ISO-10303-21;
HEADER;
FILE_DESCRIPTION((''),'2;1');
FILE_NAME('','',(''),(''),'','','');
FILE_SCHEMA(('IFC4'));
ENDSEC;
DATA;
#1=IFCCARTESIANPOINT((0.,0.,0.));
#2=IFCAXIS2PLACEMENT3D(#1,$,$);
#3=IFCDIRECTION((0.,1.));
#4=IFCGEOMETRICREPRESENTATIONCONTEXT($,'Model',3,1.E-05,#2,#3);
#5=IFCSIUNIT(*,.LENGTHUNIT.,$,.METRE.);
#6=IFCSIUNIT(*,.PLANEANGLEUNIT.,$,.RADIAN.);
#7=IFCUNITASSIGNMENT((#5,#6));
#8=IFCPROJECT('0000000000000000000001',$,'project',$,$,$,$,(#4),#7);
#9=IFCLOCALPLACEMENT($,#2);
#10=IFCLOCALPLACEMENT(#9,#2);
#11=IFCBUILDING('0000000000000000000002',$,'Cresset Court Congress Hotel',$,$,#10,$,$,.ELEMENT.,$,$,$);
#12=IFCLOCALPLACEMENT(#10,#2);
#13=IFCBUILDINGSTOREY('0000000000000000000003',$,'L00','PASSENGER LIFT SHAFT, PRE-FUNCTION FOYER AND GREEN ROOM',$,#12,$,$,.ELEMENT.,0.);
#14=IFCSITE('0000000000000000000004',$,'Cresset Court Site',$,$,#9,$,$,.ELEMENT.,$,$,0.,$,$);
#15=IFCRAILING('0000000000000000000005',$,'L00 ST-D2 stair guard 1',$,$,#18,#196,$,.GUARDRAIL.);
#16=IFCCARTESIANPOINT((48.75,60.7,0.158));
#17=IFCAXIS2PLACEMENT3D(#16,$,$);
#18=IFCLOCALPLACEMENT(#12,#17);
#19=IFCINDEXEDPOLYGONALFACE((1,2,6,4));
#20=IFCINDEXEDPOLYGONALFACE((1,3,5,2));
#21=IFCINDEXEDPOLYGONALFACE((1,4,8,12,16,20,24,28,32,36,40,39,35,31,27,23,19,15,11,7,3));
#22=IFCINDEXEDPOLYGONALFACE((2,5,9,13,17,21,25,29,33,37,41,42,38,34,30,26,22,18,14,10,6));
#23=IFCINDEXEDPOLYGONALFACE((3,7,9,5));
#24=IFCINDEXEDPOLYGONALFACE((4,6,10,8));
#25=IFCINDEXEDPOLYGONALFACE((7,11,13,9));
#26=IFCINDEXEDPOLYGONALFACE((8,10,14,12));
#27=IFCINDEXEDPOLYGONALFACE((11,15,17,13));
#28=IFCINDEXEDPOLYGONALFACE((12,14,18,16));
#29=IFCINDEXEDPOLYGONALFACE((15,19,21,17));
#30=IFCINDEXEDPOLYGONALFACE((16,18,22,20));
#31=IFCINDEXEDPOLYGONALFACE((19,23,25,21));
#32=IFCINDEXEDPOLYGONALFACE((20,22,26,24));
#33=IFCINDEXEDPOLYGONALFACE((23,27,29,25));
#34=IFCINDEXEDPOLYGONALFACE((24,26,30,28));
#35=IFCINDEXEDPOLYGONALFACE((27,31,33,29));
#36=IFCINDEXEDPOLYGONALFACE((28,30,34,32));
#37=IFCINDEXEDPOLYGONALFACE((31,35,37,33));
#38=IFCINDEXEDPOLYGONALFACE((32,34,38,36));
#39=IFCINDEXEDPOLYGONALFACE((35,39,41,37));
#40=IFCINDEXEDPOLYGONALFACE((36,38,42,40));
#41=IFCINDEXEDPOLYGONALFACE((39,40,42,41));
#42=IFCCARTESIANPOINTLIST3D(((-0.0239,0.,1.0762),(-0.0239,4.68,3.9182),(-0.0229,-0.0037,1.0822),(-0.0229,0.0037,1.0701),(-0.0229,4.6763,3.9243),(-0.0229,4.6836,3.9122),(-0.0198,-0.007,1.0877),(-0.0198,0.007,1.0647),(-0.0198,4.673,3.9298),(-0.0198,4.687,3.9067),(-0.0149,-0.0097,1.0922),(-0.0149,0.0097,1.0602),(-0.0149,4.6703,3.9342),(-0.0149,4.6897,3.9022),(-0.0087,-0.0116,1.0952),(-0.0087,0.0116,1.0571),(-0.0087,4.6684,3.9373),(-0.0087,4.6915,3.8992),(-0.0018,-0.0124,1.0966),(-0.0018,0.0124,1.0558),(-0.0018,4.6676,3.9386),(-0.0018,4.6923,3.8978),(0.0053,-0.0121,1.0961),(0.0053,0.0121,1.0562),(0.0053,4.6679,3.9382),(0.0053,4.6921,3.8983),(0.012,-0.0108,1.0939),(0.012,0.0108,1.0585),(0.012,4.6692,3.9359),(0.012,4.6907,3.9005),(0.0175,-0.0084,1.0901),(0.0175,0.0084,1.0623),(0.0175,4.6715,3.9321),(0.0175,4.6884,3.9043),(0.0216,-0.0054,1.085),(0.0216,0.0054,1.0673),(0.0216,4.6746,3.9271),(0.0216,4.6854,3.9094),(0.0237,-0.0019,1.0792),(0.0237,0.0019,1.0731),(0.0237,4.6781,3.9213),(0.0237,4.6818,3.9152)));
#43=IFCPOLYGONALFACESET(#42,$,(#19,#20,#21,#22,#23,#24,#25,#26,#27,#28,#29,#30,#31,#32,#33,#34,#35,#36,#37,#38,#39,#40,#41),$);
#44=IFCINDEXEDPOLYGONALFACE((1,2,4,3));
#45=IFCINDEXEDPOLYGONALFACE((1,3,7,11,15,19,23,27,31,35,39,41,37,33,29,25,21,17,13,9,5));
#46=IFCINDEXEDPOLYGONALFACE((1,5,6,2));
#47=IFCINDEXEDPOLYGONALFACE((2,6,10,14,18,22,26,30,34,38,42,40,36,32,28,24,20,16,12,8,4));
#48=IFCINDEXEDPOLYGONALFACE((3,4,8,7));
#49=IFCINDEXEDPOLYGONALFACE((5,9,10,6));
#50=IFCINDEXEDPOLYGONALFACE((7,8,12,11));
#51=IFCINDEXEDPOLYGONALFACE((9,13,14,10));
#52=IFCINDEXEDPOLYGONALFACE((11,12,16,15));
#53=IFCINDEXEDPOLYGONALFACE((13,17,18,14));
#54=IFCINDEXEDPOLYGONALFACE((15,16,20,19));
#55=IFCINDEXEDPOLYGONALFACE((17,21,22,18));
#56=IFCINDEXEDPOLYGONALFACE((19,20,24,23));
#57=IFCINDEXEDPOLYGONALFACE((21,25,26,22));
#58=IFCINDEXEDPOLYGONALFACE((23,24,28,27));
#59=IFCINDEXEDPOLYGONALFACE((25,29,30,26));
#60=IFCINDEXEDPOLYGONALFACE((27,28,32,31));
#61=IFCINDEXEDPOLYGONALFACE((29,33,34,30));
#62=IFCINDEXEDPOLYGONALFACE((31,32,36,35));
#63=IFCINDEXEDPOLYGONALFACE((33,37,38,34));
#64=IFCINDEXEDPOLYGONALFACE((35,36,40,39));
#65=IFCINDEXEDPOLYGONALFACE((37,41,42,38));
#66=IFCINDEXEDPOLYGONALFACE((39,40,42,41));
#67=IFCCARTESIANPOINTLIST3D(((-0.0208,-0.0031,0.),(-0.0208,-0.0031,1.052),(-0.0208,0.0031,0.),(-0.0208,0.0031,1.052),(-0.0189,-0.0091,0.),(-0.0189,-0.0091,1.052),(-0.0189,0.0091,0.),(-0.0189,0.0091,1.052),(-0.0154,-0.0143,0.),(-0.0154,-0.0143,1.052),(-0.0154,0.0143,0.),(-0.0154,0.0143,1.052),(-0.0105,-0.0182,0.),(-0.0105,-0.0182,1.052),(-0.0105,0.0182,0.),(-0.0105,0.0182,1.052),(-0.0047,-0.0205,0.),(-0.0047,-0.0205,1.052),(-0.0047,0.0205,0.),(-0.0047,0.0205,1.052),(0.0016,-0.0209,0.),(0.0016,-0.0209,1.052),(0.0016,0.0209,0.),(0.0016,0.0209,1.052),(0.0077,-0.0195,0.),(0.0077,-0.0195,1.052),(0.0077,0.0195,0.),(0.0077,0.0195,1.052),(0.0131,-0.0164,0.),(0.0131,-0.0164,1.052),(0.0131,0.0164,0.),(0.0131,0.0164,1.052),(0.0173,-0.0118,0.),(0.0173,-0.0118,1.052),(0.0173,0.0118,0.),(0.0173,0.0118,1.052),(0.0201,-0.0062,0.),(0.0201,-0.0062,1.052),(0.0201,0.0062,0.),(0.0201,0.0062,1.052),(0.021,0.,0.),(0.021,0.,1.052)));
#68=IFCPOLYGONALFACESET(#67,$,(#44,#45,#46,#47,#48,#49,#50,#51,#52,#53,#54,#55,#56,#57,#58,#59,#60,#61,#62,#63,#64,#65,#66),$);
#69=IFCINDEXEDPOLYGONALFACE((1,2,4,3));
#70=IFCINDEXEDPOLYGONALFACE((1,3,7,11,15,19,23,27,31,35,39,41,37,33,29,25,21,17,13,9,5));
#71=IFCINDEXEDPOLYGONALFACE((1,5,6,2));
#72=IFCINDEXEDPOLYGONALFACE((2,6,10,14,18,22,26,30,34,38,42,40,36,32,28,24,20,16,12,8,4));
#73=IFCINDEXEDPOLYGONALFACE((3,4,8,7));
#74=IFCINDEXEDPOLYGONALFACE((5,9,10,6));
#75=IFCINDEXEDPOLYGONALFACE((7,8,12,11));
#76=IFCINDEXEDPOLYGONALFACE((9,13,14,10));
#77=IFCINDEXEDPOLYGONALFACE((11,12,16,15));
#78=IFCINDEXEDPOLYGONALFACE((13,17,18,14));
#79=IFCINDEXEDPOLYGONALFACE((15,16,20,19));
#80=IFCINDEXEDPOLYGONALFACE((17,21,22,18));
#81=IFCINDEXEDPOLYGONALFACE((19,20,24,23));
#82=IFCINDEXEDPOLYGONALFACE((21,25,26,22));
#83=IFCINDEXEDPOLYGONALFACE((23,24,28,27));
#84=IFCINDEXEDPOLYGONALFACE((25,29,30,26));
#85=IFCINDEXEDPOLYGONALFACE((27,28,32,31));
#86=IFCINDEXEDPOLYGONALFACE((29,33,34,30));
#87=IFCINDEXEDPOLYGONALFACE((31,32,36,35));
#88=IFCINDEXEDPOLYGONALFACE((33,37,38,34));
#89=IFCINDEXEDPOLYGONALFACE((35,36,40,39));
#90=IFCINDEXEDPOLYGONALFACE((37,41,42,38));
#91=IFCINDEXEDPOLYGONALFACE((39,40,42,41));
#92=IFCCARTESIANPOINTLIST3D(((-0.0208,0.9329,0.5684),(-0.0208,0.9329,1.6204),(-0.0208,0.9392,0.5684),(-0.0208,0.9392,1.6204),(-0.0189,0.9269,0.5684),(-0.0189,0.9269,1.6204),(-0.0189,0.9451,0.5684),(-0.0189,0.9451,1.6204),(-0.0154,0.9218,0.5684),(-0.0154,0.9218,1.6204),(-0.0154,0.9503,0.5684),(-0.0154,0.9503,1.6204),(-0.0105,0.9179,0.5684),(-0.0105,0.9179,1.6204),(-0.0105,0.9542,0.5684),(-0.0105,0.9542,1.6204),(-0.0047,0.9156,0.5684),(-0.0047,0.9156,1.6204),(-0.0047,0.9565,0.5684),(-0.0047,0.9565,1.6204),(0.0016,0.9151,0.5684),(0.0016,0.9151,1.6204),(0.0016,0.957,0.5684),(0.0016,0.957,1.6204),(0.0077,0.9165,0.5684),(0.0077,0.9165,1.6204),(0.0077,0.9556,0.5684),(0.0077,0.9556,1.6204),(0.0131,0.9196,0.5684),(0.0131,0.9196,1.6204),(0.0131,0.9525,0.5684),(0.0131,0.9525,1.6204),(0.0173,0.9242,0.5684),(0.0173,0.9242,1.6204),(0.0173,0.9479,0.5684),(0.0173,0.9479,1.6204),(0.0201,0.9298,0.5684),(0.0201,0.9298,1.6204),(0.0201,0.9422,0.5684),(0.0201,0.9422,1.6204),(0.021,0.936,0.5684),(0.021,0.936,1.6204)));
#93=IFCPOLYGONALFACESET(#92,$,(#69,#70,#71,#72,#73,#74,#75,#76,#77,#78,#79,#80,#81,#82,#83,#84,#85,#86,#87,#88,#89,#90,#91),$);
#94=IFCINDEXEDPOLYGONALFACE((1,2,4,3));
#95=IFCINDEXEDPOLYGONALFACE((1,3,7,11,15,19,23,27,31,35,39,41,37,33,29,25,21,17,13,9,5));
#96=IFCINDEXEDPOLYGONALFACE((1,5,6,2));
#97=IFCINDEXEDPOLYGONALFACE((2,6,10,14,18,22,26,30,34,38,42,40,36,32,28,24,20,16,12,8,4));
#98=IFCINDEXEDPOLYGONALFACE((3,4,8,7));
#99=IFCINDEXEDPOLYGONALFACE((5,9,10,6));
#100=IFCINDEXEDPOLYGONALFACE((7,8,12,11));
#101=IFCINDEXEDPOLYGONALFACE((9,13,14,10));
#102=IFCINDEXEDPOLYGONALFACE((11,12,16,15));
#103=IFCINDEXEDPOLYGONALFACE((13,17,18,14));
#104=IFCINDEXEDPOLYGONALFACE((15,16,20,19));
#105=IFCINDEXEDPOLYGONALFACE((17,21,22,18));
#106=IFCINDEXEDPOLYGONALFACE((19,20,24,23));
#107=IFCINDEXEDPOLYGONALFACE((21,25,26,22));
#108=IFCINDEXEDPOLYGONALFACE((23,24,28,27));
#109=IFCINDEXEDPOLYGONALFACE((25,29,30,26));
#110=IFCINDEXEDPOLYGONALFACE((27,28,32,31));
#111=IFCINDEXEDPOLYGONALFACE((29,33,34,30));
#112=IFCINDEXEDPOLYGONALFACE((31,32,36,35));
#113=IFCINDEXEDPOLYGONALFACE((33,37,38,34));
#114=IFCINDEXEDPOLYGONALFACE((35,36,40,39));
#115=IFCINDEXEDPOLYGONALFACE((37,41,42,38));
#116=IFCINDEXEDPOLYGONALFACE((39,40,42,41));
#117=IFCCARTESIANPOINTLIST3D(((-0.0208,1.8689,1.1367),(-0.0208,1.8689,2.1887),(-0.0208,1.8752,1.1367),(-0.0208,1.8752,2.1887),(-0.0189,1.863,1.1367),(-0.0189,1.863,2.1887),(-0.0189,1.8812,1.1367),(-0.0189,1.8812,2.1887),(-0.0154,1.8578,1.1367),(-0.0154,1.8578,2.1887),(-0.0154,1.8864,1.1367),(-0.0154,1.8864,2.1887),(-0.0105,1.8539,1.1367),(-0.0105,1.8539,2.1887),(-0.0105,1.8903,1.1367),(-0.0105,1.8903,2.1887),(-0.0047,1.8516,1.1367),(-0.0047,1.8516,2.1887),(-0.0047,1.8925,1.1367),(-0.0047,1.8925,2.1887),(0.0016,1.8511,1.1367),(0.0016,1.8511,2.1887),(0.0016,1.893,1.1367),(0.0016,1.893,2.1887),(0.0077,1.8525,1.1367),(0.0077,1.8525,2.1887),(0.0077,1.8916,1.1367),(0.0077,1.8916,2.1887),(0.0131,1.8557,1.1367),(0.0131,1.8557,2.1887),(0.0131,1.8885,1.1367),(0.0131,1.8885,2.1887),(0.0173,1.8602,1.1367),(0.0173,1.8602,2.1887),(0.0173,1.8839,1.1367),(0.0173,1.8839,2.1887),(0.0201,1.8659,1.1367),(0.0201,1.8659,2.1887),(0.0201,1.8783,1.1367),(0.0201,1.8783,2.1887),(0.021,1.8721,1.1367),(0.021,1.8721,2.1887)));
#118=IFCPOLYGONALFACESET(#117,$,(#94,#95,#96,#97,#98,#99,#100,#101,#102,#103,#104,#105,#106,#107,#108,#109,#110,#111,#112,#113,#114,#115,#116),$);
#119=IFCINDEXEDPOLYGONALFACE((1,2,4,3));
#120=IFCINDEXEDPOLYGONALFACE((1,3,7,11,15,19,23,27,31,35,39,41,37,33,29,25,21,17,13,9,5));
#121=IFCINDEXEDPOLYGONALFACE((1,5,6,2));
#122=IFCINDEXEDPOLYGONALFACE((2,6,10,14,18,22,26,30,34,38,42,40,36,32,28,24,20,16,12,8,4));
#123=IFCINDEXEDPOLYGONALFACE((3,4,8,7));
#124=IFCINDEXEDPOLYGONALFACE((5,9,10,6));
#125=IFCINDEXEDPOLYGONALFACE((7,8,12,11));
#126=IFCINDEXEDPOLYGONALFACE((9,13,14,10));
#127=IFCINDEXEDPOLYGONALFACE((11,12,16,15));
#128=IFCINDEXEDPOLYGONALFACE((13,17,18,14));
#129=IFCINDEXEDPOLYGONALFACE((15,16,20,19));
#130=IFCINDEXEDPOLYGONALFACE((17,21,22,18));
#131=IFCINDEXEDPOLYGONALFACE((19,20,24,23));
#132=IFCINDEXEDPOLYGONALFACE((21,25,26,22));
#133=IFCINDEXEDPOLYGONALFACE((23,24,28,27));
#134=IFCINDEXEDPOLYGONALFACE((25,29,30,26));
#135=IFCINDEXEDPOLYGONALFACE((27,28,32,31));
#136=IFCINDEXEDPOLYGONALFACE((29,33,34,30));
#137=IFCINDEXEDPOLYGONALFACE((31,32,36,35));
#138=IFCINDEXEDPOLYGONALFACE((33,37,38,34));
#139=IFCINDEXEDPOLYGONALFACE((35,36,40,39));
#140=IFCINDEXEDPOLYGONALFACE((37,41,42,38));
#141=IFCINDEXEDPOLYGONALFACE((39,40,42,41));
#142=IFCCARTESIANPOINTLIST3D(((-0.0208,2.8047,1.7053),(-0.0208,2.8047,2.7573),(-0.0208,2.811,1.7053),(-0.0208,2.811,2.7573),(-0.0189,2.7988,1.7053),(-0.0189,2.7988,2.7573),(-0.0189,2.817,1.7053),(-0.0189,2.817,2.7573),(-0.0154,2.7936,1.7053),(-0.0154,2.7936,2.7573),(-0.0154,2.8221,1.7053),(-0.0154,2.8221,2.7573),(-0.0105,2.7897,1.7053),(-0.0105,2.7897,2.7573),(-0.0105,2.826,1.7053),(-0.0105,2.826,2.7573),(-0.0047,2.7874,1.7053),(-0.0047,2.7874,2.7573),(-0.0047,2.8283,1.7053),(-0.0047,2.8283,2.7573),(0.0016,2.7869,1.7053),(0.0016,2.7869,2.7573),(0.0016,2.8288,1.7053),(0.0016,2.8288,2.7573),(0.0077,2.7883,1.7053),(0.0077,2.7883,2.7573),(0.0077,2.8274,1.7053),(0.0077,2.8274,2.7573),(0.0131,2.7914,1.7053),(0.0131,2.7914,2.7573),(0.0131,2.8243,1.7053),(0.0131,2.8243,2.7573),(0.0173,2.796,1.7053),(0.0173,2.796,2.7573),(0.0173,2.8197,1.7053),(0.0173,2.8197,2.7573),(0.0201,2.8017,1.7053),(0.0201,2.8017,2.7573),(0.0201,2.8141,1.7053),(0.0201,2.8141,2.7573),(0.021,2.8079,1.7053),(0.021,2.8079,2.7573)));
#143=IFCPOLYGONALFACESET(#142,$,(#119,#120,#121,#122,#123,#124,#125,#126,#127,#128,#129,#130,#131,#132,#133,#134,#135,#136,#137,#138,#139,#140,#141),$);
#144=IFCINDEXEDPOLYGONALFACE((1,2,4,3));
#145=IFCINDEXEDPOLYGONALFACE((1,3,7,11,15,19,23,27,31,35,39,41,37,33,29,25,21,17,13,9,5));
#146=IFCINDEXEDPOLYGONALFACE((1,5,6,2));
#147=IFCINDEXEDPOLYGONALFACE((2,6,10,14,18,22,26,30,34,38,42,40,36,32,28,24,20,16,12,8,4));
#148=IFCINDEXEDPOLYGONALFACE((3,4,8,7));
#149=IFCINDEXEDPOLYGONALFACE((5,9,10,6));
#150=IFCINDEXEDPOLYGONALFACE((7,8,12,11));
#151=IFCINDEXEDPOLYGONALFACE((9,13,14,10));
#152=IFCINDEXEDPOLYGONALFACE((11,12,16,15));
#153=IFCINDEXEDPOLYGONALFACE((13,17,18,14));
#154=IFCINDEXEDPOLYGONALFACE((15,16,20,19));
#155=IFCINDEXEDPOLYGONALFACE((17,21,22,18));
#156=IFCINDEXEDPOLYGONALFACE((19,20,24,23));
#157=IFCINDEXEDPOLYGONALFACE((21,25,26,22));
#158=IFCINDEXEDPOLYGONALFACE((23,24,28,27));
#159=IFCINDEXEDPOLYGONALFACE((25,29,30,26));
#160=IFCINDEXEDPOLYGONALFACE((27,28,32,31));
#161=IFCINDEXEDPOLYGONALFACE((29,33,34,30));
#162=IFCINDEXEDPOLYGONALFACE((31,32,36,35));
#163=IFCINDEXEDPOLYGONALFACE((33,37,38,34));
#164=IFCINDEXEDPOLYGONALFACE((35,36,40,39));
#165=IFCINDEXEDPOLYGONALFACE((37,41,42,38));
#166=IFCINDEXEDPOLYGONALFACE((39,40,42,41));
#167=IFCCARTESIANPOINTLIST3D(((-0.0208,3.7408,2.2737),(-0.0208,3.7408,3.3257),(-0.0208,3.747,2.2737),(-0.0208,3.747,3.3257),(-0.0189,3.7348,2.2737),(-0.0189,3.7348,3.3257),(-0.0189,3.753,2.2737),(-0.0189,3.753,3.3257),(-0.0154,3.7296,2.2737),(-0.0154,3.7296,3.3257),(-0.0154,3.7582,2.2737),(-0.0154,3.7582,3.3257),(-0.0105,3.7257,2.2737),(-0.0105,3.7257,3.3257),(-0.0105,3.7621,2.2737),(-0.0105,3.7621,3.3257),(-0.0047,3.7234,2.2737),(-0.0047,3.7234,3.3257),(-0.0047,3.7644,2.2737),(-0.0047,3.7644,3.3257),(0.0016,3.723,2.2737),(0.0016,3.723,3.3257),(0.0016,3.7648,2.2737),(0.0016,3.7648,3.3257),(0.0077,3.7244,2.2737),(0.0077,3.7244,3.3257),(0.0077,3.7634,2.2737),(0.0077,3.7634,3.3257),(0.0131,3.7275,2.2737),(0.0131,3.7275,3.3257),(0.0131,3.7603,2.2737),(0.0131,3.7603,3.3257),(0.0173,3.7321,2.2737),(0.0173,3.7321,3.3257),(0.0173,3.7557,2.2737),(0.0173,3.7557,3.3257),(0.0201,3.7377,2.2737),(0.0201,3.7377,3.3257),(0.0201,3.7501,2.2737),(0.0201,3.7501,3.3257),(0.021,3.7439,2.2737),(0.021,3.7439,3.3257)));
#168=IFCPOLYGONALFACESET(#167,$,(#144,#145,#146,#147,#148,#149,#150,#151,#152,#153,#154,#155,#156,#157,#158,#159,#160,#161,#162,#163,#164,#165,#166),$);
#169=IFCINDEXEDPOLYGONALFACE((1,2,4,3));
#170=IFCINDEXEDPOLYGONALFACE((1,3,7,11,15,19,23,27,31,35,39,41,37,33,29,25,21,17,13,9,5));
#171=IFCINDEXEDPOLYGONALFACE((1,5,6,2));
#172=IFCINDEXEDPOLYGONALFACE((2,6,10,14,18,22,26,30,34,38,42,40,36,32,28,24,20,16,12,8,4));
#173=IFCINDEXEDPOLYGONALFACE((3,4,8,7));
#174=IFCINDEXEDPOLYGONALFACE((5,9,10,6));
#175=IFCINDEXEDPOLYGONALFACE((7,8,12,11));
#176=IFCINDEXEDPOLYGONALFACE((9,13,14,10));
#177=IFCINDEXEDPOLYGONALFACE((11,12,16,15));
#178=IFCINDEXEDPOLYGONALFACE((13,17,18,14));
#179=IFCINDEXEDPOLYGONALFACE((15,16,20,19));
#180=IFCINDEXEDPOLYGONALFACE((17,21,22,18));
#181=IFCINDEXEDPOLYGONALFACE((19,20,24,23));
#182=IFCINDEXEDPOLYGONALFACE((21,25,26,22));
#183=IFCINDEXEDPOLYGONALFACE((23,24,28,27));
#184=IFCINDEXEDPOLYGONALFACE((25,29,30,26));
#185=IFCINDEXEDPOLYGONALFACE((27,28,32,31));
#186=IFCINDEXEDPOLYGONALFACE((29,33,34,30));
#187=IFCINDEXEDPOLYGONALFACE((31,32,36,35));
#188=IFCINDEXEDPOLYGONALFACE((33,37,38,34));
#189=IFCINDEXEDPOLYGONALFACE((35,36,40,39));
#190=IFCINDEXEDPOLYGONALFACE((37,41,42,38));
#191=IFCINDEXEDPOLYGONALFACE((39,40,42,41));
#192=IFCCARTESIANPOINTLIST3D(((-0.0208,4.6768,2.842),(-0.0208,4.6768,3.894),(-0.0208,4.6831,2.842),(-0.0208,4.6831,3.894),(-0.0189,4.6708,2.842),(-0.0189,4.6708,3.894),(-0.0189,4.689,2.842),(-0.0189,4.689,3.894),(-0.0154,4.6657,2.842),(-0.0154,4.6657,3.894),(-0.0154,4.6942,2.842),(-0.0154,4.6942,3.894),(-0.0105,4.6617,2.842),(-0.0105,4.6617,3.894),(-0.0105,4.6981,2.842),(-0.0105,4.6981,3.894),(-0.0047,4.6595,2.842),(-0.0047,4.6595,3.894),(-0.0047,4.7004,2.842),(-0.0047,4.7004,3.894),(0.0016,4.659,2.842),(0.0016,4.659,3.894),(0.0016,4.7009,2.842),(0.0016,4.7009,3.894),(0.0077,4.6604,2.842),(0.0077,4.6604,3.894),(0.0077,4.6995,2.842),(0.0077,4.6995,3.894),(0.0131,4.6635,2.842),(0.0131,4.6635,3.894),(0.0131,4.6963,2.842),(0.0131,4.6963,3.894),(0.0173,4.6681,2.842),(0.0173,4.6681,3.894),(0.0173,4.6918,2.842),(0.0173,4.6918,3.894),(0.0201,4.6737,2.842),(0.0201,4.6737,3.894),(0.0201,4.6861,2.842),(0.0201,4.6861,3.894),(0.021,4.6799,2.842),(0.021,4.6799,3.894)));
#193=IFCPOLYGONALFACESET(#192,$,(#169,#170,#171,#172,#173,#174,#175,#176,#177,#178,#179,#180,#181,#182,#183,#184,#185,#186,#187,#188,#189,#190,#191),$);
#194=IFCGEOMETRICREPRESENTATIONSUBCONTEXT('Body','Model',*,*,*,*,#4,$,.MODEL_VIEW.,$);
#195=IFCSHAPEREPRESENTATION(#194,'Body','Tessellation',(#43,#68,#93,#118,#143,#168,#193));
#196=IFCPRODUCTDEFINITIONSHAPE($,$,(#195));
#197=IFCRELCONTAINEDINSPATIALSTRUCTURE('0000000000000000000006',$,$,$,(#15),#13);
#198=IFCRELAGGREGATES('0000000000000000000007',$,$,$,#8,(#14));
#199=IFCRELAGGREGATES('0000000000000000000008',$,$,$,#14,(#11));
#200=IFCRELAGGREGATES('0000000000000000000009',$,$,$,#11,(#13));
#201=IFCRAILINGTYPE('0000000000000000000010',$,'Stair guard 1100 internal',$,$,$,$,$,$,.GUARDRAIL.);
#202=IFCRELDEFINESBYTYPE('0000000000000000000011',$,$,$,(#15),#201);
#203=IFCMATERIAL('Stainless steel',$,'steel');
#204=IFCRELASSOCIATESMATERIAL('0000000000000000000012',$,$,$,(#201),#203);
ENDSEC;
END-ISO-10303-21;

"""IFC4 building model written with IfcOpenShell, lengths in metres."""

from ifc_helpers import new_model, si_unit, direction, frame, origin, origin_2d, place, context, subcontext, project, spatial, circle, extrude, material, type_object, element, save


model = new_model("IFC4")

# Units and contexts
model_context = context("Model", 3, precision=1e-05, world=origin(), true_north=direction((0.0, 1.0)))
body_context = subcontext(model_context, "Body", "Model", "MODEL_VIEW")
ifc_project = project(units=[si_unit("LENGTHUNIT", "METRE"), si_unit("PLANEANGLEUNIT", "RADIAN")], contexts=[model_context])

# Site, building, storey
site_placement = place(None, origin())
site = spatial("IfcSite", under=ifc_project, at=site_placement, Name="Cresset Court Site", CompositionType="ELEMENT", RefElevation=0.0)
building_placement = place(site_placement, origin())
building = spatial("IfcBuilding", under=site, at=building_placement, Name="Cresset Court Congress Hotel", CompositionType="ELEMENT")
storey_placement = place(building_placement, origin())
storey = spatial("IfcBuildingStorey", under=building, at=storey_placement, Name="L00", Description="PASSENGER LIFT SHAFT, PRE-FUNCTION FOYER AND GREEN ROOM", CompositionType="ELEMENT", Elevation=0.0)

# Railing
ifc_material_1 = material(Name="Stainless steel", Category="steel")
railing_type_1 = type_object("IfcRailingType", Name="Stair guard 1100 internal", PredefinedType="GUARDRAIL", material=ifc_material_1)
railing_1_placement = place(storey_placement, frame((48.75, 60.7, 0.158)))
element("IfcRailing", 1, at=railing_1_placement, inside=storey, type_object=railing_type_1, Name="L00 ST-D2 stair guard 1", PredefinedType="GUARDRAIL", context=body_context, shape_type="SweptSolid", body=[
    extrude(circle(Radius=0.0239, at=origin_2d()), frame((0.0, 0.0, 1.0762), z_axis=(0.0, 0.854735, 0.519065), x_axis=(-1.0, 0.0, 0.0)), (0.0, 0.0, 1.0), 5.4753),
    extrude(circle(Radius=0.021, at=origin_2d()), origin(), (0.0, 0.0, 1.0), 1.052),
    extrude(circle(Radius=0.021, at=origin_2d()), frame((0.0, 0.936, 0.5684)), (0.0, 0.0, 1.0), 1.052),
    extrude(circle(Radius=0.021, at=origin_2d()), frame((0.0, 1.8721, 1.1367)), (0.0, 0.0, 1.0), 1.052),
    extrude(circle(Radius=0.021, at=origin_2d()), frame((0.0, 2.8079, 1.7053)), (0.0, 0.0, 1.0), 1.052),
    extrude(circle(Radius=0.021, at=origin_2d()), frame((0.0, 3.7439, 2.2737)), (0.0, 0.0, 1.0), 1.052),
    extrude(circle(Radius=0.021, at=origin_2d()), frame((0.0, 4.6799, 2.842)), (0.0, 0.0, 1.0), 1.052),
])

save(model, "model.ifc")
